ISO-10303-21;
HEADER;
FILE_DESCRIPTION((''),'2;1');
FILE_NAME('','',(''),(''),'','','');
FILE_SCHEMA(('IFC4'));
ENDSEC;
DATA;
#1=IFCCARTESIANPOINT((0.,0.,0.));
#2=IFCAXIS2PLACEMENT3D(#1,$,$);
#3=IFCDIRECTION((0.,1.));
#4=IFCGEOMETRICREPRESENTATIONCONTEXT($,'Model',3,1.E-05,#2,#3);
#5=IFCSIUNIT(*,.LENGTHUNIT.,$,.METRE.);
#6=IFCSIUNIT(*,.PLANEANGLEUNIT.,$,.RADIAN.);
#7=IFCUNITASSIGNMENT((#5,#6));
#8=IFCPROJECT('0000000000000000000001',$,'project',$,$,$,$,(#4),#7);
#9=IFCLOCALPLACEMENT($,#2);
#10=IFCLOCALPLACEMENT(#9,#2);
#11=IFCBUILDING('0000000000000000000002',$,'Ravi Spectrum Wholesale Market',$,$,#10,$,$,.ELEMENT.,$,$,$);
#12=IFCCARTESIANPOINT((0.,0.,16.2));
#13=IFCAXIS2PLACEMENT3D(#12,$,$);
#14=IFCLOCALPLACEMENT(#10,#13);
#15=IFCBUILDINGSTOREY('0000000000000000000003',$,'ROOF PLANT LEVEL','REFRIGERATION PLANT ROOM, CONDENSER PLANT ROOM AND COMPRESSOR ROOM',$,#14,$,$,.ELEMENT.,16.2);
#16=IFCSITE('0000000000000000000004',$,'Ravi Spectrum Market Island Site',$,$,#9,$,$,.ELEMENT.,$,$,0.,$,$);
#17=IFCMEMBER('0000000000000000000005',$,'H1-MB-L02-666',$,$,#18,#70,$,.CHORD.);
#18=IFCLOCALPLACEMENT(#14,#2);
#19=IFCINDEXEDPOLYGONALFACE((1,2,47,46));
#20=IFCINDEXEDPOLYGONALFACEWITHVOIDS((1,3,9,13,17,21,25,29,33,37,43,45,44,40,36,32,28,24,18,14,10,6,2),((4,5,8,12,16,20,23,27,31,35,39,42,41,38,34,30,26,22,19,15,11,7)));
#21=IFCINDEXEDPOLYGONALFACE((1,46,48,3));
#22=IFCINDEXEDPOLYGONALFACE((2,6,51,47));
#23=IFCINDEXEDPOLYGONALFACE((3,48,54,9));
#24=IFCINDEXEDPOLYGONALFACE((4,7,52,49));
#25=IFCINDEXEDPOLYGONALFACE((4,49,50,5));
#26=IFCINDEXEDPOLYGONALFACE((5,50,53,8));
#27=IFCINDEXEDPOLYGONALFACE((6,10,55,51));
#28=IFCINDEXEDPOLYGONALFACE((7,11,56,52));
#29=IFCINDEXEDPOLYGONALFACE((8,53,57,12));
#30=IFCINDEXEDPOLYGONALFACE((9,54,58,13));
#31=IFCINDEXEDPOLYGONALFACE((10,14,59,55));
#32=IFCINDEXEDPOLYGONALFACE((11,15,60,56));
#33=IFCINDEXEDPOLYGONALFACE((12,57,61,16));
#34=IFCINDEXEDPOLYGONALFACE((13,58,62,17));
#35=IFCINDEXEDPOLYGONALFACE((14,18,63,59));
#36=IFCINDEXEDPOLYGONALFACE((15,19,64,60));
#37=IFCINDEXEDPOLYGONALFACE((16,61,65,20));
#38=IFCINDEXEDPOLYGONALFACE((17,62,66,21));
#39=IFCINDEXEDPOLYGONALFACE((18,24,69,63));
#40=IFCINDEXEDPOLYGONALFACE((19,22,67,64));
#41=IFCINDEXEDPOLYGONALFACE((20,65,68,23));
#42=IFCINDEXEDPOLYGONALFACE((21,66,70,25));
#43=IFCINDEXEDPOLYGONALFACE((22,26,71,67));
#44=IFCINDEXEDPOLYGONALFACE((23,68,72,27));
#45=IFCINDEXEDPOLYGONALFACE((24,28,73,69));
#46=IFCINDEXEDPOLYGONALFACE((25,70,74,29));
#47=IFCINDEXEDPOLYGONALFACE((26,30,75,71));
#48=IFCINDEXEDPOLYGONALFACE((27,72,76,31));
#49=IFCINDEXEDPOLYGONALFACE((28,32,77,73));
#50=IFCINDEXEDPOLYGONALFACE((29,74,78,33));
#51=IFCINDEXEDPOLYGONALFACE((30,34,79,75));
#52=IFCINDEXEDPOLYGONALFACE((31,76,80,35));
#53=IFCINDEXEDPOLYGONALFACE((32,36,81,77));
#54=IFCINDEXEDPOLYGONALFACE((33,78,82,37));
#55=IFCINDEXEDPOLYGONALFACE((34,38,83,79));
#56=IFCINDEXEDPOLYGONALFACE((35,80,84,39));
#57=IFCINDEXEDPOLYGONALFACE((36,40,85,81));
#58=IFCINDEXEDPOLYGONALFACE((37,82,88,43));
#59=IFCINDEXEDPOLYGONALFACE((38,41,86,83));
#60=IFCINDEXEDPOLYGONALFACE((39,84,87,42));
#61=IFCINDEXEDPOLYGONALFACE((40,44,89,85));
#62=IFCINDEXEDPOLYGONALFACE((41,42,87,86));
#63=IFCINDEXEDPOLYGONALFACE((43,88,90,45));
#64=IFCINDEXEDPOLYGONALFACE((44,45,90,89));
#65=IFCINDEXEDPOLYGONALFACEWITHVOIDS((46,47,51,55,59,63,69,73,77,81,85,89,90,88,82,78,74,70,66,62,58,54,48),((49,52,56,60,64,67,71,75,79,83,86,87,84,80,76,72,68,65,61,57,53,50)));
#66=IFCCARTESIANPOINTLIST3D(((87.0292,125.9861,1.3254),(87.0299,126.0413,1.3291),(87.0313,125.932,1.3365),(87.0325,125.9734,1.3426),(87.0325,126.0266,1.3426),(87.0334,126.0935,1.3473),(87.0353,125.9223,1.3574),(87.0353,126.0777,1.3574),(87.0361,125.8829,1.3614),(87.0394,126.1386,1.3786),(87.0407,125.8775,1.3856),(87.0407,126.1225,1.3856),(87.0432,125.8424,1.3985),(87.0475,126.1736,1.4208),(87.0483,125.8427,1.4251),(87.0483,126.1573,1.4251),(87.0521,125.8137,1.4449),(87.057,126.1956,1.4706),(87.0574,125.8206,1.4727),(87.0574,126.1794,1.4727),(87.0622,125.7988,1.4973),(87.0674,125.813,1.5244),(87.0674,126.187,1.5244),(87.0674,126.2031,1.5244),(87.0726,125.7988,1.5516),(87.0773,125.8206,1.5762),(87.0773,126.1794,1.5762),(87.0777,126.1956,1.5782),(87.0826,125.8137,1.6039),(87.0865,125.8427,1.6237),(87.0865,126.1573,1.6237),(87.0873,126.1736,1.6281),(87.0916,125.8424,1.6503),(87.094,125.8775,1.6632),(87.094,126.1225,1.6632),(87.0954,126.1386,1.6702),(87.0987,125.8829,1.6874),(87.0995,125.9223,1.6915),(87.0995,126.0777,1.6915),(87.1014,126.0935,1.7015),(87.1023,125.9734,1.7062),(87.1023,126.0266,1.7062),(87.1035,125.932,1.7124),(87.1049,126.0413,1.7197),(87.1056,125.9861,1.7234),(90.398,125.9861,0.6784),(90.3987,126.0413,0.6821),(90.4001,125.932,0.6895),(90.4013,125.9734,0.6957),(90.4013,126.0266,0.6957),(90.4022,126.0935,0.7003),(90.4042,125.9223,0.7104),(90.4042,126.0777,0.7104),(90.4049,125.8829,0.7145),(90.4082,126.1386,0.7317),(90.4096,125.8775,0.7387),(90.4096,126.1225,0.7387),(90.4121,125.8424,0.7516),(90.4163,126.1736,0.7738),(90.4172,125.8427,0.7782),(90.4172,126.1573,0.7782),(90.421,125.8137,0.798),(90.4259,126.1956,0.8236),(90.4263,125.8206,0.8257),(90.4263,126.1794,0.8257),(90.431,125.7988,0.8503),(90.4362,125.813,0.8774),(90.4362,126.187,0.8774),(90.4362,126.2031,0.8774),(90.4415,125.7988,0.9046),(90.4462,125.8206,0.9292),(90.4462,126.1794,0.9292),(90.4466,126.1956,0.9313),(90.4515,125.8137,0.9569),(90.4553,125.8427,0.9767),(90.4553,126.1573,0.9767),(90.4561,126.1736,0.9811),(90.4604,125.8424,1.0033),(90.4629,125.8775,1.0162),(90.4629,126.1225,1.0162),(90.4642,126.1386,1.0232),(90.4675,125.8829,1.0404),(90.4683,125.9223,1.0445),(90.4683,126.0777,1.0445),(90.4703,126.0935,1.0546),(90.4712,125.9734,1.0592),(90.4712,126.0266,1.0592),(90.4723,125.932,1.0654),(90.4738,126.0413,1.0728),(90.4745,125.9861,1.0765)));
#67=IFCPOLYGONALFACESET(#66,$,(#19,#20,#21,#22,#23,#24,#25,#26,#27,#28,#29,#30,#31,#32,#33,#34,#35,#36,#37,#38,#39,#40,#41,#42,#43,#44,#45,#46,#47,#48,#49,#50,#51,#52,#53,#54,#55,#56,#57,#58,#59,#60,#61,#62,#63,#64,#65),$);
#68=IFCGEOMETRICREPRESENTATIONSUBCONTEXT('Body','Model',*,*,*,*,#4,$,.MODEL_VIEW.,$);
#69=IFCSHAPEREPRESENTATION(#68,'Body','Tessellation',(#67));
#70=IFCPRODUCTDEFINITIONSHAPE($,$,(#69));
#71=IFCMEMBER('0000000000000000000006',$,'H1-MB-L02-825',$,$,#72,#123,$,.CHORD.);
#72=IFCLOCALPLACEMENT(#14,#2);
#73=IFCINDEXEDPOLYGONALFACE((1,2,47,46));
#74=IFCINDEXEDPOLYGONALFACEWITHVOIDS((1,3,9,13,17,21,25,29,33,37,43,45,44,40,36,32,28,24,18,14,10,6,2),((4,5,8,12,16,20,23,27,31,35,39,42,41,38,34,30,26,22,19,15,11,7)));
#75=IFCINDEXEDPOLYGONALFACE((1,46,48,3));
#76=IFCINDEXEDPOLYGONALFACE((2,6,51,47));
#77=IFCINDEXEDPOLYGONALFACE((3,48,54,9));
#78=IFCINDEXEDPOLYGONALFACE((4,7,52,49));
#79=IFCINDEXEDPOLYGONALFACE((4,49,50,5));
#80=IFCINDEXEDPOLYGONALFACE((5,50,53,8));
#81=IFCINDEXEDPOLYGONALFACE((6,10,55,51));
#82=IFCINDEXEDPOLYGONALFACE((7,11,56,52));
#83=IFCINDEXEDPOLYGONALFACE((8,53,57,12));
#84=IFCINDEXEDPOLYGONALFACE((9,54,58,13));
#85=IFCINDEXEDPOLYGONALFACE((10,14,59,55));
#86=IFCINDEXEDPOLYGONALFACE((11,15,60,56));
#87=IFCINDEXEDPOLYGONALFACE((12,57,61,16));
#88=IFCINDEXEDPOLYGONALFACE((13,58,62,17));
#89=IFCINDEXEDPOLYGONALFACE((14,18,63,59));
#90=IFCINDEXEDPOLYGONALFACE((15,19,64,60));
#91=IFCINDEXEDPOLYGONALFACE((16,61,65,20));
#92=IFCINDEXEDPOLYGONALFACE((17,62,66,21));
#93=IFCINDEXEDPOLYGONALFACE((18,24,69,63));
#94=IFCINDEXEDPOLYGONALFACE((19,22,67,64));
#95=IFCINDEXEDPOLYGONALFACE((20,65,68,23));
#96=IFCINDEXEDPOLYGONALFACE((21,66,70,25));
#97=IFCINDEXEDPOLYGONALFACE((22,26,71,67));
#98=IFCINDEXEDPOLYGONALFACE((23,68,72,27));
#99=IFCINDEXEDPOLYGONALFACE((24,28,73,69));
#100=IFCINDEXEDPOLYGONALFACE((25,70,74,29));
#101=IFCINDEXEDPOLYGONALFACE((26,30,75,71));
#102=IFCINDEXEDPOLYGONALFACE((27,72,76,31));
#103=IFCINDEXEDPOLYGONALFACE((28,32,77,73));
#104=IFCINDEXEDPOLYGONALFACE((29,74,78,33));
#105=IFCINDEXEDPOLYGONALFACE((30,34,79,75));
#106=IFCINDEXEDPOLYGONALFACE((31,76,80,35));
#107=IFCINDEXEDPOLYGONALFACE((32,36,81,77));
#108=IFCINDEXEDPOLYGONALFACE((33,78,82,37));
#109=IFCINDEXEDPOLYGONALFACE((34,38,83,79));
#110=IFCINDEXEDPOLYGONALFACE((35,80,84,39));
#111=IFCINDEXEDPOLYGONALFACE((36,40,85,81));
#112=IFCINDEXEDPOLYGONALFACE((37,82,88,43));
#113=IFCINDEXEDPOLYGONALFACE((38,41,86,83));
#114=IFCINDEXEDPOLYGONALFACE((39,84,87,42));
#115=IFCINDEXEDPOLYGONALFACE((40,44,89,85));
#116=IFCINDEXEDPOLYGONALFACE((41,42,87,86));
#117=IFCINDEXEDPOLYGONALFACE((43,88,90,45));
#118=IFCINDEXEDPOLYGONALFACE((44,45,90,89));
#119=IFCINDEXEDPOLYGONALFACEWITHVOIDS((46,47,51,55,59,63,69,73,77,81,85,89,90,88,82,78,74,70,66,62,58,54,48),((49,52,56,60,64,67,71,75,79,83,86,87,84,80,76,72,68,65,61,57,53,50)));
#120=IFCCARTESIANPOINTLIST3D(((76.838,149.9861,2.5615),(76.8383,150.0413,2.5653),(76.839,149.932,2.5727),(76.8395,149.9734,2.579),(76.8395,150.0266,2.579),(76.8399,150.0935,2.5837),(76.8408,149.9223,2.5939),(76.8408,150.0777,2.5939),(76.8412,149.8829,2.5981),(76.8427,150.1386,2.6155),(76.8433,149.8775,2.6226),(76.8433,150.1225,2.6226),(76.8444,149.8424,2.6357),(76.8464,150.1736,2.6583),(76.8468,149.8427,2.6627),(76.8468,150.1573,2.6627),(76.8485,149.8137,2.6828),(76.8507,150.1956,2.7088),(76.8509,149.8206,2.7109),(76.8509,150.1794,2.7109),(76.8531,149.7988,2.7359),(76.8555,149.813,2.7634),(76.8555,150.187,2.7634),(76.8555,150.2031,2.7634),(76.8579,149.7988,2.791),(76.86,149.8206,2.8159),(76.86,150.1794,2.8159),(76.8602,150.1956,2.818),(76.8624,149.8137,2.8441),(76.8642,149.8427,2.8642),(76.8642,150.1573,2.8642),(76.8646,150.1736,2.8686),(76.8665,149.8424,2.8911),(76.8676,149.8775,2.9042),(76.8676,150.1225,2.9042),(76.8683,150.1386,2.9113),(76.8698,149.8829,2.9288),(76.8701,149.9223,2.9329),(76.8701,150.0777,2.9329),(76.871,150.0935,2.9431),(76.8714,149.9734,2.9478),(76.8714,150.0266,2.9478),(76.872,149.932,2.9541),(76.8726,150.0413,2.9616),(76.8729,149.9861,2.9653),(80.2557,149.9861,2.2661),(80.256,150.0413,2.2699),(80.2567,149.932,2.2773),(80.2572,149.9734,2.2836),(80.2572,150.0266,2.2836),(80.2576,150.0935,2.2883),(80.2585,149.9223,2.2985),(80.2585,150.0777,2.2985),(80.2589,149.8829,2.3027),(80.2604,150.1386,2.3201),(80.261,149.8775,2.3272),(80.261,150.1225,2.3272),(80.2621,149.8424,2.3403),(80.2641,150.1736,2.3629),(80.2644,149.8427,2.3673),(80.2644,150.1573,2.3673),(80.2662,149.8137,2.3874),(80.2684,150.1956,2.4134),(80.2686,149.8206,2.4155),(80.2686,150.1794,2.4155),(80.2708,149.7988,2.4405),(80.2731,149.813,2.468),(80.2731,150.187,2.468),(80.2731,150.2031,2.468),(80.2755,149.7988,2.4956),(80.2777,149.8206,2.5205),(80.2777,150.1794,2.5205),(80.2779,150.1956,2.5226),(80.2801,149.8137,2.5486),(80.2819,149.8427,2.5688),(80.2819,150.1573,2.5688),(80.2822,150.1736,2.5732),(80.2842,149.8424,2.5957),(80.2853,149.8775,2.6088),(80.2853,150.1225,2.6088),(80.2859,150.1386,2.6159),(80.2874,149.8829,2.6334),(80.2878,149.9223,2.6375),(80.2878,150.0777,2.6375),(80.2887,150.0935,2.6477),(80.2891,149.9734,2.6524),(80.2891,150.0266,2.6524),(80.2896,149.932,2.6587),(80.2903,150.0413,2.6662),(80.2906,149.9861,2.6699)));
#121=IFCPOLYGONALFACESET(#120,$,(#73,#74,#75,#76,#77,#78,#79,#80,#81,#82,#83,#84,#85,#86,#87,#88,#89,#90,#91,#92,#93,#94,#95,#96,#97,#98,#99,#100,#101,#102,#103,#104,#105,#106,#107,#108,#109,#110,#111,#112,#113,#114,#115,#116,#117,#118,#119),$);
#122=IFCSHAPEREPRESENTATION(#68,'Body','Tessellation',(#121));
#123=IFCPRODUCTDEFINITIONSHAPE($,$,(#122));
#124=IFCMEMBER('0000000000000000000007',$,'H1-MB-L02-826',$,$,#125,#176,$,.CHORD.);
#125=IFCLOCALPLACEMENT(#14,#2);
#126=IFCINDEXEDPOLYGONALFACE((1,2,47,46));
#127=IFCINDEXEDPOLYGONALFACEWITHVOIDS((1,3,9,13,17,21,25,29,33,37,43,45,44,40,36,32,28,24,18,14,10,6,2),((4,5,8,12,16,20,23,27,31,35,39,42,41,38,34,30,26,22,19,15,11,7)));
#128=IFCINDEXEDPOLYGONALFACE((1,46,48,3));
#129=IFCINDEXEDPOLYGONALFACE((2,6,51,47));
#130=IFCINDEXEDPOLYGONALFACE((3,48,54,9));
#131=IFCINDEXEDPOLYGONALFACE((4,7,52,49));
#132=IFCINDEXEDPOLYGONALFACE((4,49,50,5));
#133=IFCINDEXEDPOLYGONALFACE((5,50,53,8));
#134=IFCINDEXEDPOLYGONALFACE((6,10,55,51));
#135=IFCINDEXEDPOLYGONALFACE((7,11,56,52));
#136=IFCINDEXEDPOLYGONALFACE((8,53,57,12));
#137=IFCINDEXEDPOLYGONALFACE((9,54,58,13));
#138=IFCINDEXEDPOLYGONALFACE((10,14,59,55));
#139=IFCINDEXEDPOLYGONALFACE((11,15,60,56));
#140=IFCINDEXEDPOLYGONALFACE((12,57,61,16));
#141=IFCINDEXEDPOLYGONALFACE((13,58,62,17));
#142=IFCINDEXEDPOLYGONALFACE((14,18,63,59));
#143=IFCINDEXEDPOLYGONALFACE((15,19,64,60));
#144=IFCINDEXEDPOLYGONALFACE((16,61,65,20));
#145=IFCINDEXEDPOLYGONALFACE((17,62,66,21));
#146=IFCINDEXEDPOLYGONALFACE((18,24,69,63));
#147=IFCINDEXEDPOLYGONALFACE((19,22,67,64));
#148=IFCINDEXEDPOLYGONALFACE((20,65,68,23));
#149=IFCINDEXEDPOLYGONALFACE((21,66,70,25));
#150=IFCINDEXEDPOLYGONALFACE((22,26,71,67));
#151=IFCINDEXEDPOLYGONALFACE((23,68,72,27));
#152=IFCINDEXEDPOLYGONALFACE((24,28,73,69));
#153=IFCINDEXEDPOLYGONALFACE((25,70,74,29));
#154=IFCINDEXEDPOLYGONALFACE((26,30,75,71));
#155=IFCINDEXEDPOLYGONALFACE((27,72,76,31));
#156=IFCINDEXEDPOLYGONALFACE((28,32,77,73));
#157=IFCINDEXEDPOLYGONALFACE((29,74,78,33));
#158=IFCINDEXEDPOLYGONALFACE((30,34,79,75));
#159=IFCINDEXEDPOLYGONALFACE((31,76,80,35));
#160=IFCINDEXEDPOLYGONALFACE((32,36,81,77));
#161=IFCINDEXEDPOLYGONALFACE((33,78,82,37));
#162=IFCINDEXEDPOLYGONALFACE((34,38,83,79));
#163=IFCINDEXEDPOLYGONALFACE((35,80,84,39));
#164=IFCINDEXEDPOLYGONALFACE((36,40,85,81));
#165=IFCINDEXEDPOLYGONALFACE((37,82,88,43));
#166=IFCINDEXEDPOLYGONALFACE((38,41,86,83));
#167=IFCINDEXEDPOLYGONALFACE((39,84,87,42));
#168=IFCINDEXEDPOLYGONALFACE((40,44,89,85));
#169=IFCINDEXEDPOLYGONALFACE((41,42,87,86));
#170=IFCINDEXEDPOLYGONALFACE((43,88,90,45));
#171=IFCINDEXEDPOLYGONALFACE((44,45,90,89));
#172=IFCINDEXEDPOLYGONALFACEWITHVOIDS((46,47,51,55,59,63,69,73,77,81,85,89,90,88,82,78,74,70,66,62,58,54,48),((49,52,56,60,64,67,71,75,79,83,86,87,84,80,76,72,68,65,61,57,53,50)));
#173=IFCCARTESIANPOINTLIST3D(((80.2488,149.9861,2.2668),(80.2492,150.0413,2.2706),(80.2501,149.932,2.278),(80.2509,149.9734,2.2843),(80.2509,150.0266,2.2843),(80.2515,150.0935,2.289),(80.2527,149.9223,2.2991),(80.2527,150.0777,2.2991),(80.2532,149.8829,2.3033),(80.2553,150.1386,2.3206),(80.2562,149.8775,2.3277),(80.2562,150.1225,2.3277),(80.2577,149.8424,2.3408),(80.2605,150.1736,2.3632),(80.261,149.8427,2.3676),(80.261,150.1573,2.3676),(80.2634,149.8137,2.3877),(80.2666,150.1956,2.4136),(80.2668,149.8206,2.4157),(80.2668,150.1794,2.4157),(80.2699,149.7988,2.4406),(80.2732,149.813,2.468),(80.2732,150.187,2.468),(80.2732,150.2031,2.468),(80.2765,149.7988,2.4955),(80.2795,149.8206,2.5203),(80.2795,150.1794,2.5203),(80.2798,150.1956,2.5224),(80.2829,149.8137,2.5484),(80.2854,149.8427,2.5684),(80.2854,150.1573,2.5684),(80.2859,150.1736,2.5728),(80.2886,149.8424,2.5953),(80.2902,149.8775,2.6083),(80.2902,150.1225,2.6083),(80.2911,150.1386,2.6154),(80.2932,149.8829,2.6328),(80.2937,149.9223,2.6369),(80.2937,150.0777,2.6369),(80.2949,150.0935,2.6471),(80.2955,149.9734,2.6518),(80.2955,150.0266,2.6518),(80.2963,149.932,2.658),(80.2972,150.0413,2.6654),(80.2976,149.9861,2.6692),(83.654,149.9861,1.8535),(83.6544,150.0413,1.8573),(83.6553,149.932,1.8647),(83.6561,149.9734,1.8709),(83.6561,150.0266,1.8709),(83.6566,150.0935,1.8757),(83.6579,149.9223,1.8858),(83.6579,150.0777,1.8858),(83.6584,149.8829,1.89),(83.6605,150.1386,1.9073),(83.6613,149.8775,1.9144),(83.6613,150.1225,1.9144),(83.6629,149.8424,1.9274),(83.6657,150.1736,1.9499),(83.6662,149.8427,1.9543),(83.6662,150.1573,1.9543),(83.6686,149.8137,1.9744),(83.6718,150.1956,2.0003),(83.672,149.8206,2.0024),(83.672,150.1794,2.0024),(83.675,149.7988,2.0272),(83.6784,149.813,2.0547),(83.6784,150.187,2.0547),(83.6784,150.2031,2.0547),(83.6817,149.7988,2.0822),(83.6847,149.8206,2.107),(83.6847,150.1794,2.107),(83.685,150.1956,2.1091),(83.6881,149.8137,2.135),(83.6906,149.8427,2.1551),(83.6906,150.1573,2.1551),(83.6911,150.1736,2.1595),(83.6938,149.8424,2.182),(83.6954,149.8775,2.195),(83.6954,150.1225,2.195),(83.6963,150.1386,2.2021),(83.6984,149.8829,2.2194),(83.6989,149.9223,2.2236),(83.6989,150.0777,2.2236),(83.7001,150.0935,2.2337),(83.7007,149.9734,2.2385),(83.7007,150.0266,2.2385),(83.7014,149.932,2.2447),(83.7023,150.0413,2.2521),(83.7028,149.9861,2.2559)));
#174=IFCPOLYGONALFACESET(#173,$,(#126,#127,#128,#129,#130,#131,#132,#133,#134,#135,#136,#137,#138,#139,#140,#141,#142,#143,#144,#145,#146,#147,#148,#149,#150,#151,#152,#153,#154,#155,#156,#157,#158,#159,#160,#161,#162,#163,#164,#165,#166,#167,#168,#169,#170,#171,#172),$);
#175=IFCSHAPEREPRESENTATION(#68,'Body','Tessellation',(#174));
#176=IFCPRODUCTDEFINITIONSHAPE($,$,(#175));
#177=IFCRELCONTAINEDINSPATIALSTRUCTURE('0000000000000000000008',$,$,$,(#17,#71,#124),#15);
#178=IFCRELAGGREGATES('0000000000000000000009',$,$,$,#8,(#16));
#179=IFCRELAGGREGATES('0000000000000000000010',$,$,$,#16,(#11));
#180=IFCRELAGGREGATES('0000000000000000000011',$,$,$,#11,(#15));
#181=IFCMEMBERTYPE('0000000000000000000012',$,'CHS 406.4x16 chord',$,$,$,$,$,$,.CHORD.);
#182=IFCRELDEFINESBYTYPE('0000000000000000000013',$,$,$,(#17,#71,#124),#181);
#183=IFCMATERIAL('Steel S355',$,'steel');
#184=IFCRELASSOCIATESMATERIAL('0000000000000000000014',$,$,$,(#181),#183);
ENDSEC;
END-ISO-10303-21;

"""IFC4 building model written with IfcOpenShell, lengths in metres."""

from ifc_helpers import new_model, si_unit, direction, frame, origin, origin_2d, place, context, subcontext, project, spatial, hollow_circle, extrude, material, material_profile, profile_set, type_object, element, save


model = new_model("IFC4")

# Units and contexts
model_context = context("Model", 3, precision=1e-05, world=origin(), true_north=direction((0.0, 1.0)))
body_context = subcontext(model_context, "Body", "Model", "MODEL_VIEW")
ifc_project = project(units=[si_unit("LENGTHUNIT", "METRE"), si_unit("PLANEANGLEUNIT", "RADIAN")], contexts=[model_context])

# Site, building, storey
site_placement = place(None, origin())
site = spatial("IfcSite", under=ifc_project, at=site_placement, Name="Ravi Spectrum Market Island Site", CompositionType="ELEMENT", RefElevation=0.0)
building_placement = place(site_placement, origin())
building = spatial("IfcBuilding", under=site, at=building_placement, Name="Ravi Spectrum Wholesale Market", CompositionType="ELEMENT")
storey_placement = place(building_placement, frame((0.0, 0.0, 16.2)))
storey = spatial("IfcBuildingStorey", under=building, at=storey_placement, Name="ROOF PLANT LEVEL", Description="REFRIGERATION PLANT ROOM, CONDENSER PLANT ROOM AND COMPRESSOR ROOM", CompositionType="ELEMENT", Elevation=16.2)

# Members
ifc_material_1 = material(Name="Steel S355", Category="steel")
ifc_material_profile_1 = material_profile(ifc_material_1, hollow_circle(Radius=0.2031, WallThickness=0.0161, at=origin_2d()))
ifc_profile_set_1 = profile_set([ifc_material_profile_1], Name="Steel S355")
member_type_1 = type_object("IfcMemberType", Name="CHS 406.4x16 chord", PredefinedType="CHORD", material=ifc_profile_set_1)
for number, where, z_axis, x_axis, name in (
    (1, (87.0674, 126.0, 1.5244), (0.982055, 0.0, -0.188597), (0.0, 1.0, 0.0), "H1-MB-L02-666"),
    (2, (76.8555, 150.0, 2.7634), (0.996285, 0.0, -0.086114), (0.0, 1.0, 0.0), "H1-MB-L02-825"),
):
    element("IfcMember", number, at=place(storey_placement, frame(where, z_axis=z_axis, x_axis=x_axis)), inside=storey, type_object=member_type_1, Name=name, PredefinedType="CHORD", context=body_context, shape_type="SweptSolid", body=[
        extrude(hollow_circle(Radius=0.2031, WallThickness=0.0161, at=origin_2d()), origin(), (0.0, 0.0, 1.0), 3.4304),
    ])
for number, where, z_axis, x_axis, name in (
    (3, (80.2732, 150.0, 2.468), (0.992714, 0.0, -0.120495), (0.0, 1.0, 0.0), "H1-MB-L02-826"),
):
    element("IfcMember", number, at=place(storey_placement, frame(where, z_axis=z_axis, x_axis=x_axis)), inside=storey, type_object=member_type_1, Name=name, PredefinedType="CHORD", context=body_context, shape_type="SweptSolid", body=[
        extrude(hollow_circle(Radius=0.2031, WallThickness=0.0161, at=origin_2d()), origin(), (0.0, 0.0, 1.0), 3.4302),
    ])

save(model, "model.ifc")
